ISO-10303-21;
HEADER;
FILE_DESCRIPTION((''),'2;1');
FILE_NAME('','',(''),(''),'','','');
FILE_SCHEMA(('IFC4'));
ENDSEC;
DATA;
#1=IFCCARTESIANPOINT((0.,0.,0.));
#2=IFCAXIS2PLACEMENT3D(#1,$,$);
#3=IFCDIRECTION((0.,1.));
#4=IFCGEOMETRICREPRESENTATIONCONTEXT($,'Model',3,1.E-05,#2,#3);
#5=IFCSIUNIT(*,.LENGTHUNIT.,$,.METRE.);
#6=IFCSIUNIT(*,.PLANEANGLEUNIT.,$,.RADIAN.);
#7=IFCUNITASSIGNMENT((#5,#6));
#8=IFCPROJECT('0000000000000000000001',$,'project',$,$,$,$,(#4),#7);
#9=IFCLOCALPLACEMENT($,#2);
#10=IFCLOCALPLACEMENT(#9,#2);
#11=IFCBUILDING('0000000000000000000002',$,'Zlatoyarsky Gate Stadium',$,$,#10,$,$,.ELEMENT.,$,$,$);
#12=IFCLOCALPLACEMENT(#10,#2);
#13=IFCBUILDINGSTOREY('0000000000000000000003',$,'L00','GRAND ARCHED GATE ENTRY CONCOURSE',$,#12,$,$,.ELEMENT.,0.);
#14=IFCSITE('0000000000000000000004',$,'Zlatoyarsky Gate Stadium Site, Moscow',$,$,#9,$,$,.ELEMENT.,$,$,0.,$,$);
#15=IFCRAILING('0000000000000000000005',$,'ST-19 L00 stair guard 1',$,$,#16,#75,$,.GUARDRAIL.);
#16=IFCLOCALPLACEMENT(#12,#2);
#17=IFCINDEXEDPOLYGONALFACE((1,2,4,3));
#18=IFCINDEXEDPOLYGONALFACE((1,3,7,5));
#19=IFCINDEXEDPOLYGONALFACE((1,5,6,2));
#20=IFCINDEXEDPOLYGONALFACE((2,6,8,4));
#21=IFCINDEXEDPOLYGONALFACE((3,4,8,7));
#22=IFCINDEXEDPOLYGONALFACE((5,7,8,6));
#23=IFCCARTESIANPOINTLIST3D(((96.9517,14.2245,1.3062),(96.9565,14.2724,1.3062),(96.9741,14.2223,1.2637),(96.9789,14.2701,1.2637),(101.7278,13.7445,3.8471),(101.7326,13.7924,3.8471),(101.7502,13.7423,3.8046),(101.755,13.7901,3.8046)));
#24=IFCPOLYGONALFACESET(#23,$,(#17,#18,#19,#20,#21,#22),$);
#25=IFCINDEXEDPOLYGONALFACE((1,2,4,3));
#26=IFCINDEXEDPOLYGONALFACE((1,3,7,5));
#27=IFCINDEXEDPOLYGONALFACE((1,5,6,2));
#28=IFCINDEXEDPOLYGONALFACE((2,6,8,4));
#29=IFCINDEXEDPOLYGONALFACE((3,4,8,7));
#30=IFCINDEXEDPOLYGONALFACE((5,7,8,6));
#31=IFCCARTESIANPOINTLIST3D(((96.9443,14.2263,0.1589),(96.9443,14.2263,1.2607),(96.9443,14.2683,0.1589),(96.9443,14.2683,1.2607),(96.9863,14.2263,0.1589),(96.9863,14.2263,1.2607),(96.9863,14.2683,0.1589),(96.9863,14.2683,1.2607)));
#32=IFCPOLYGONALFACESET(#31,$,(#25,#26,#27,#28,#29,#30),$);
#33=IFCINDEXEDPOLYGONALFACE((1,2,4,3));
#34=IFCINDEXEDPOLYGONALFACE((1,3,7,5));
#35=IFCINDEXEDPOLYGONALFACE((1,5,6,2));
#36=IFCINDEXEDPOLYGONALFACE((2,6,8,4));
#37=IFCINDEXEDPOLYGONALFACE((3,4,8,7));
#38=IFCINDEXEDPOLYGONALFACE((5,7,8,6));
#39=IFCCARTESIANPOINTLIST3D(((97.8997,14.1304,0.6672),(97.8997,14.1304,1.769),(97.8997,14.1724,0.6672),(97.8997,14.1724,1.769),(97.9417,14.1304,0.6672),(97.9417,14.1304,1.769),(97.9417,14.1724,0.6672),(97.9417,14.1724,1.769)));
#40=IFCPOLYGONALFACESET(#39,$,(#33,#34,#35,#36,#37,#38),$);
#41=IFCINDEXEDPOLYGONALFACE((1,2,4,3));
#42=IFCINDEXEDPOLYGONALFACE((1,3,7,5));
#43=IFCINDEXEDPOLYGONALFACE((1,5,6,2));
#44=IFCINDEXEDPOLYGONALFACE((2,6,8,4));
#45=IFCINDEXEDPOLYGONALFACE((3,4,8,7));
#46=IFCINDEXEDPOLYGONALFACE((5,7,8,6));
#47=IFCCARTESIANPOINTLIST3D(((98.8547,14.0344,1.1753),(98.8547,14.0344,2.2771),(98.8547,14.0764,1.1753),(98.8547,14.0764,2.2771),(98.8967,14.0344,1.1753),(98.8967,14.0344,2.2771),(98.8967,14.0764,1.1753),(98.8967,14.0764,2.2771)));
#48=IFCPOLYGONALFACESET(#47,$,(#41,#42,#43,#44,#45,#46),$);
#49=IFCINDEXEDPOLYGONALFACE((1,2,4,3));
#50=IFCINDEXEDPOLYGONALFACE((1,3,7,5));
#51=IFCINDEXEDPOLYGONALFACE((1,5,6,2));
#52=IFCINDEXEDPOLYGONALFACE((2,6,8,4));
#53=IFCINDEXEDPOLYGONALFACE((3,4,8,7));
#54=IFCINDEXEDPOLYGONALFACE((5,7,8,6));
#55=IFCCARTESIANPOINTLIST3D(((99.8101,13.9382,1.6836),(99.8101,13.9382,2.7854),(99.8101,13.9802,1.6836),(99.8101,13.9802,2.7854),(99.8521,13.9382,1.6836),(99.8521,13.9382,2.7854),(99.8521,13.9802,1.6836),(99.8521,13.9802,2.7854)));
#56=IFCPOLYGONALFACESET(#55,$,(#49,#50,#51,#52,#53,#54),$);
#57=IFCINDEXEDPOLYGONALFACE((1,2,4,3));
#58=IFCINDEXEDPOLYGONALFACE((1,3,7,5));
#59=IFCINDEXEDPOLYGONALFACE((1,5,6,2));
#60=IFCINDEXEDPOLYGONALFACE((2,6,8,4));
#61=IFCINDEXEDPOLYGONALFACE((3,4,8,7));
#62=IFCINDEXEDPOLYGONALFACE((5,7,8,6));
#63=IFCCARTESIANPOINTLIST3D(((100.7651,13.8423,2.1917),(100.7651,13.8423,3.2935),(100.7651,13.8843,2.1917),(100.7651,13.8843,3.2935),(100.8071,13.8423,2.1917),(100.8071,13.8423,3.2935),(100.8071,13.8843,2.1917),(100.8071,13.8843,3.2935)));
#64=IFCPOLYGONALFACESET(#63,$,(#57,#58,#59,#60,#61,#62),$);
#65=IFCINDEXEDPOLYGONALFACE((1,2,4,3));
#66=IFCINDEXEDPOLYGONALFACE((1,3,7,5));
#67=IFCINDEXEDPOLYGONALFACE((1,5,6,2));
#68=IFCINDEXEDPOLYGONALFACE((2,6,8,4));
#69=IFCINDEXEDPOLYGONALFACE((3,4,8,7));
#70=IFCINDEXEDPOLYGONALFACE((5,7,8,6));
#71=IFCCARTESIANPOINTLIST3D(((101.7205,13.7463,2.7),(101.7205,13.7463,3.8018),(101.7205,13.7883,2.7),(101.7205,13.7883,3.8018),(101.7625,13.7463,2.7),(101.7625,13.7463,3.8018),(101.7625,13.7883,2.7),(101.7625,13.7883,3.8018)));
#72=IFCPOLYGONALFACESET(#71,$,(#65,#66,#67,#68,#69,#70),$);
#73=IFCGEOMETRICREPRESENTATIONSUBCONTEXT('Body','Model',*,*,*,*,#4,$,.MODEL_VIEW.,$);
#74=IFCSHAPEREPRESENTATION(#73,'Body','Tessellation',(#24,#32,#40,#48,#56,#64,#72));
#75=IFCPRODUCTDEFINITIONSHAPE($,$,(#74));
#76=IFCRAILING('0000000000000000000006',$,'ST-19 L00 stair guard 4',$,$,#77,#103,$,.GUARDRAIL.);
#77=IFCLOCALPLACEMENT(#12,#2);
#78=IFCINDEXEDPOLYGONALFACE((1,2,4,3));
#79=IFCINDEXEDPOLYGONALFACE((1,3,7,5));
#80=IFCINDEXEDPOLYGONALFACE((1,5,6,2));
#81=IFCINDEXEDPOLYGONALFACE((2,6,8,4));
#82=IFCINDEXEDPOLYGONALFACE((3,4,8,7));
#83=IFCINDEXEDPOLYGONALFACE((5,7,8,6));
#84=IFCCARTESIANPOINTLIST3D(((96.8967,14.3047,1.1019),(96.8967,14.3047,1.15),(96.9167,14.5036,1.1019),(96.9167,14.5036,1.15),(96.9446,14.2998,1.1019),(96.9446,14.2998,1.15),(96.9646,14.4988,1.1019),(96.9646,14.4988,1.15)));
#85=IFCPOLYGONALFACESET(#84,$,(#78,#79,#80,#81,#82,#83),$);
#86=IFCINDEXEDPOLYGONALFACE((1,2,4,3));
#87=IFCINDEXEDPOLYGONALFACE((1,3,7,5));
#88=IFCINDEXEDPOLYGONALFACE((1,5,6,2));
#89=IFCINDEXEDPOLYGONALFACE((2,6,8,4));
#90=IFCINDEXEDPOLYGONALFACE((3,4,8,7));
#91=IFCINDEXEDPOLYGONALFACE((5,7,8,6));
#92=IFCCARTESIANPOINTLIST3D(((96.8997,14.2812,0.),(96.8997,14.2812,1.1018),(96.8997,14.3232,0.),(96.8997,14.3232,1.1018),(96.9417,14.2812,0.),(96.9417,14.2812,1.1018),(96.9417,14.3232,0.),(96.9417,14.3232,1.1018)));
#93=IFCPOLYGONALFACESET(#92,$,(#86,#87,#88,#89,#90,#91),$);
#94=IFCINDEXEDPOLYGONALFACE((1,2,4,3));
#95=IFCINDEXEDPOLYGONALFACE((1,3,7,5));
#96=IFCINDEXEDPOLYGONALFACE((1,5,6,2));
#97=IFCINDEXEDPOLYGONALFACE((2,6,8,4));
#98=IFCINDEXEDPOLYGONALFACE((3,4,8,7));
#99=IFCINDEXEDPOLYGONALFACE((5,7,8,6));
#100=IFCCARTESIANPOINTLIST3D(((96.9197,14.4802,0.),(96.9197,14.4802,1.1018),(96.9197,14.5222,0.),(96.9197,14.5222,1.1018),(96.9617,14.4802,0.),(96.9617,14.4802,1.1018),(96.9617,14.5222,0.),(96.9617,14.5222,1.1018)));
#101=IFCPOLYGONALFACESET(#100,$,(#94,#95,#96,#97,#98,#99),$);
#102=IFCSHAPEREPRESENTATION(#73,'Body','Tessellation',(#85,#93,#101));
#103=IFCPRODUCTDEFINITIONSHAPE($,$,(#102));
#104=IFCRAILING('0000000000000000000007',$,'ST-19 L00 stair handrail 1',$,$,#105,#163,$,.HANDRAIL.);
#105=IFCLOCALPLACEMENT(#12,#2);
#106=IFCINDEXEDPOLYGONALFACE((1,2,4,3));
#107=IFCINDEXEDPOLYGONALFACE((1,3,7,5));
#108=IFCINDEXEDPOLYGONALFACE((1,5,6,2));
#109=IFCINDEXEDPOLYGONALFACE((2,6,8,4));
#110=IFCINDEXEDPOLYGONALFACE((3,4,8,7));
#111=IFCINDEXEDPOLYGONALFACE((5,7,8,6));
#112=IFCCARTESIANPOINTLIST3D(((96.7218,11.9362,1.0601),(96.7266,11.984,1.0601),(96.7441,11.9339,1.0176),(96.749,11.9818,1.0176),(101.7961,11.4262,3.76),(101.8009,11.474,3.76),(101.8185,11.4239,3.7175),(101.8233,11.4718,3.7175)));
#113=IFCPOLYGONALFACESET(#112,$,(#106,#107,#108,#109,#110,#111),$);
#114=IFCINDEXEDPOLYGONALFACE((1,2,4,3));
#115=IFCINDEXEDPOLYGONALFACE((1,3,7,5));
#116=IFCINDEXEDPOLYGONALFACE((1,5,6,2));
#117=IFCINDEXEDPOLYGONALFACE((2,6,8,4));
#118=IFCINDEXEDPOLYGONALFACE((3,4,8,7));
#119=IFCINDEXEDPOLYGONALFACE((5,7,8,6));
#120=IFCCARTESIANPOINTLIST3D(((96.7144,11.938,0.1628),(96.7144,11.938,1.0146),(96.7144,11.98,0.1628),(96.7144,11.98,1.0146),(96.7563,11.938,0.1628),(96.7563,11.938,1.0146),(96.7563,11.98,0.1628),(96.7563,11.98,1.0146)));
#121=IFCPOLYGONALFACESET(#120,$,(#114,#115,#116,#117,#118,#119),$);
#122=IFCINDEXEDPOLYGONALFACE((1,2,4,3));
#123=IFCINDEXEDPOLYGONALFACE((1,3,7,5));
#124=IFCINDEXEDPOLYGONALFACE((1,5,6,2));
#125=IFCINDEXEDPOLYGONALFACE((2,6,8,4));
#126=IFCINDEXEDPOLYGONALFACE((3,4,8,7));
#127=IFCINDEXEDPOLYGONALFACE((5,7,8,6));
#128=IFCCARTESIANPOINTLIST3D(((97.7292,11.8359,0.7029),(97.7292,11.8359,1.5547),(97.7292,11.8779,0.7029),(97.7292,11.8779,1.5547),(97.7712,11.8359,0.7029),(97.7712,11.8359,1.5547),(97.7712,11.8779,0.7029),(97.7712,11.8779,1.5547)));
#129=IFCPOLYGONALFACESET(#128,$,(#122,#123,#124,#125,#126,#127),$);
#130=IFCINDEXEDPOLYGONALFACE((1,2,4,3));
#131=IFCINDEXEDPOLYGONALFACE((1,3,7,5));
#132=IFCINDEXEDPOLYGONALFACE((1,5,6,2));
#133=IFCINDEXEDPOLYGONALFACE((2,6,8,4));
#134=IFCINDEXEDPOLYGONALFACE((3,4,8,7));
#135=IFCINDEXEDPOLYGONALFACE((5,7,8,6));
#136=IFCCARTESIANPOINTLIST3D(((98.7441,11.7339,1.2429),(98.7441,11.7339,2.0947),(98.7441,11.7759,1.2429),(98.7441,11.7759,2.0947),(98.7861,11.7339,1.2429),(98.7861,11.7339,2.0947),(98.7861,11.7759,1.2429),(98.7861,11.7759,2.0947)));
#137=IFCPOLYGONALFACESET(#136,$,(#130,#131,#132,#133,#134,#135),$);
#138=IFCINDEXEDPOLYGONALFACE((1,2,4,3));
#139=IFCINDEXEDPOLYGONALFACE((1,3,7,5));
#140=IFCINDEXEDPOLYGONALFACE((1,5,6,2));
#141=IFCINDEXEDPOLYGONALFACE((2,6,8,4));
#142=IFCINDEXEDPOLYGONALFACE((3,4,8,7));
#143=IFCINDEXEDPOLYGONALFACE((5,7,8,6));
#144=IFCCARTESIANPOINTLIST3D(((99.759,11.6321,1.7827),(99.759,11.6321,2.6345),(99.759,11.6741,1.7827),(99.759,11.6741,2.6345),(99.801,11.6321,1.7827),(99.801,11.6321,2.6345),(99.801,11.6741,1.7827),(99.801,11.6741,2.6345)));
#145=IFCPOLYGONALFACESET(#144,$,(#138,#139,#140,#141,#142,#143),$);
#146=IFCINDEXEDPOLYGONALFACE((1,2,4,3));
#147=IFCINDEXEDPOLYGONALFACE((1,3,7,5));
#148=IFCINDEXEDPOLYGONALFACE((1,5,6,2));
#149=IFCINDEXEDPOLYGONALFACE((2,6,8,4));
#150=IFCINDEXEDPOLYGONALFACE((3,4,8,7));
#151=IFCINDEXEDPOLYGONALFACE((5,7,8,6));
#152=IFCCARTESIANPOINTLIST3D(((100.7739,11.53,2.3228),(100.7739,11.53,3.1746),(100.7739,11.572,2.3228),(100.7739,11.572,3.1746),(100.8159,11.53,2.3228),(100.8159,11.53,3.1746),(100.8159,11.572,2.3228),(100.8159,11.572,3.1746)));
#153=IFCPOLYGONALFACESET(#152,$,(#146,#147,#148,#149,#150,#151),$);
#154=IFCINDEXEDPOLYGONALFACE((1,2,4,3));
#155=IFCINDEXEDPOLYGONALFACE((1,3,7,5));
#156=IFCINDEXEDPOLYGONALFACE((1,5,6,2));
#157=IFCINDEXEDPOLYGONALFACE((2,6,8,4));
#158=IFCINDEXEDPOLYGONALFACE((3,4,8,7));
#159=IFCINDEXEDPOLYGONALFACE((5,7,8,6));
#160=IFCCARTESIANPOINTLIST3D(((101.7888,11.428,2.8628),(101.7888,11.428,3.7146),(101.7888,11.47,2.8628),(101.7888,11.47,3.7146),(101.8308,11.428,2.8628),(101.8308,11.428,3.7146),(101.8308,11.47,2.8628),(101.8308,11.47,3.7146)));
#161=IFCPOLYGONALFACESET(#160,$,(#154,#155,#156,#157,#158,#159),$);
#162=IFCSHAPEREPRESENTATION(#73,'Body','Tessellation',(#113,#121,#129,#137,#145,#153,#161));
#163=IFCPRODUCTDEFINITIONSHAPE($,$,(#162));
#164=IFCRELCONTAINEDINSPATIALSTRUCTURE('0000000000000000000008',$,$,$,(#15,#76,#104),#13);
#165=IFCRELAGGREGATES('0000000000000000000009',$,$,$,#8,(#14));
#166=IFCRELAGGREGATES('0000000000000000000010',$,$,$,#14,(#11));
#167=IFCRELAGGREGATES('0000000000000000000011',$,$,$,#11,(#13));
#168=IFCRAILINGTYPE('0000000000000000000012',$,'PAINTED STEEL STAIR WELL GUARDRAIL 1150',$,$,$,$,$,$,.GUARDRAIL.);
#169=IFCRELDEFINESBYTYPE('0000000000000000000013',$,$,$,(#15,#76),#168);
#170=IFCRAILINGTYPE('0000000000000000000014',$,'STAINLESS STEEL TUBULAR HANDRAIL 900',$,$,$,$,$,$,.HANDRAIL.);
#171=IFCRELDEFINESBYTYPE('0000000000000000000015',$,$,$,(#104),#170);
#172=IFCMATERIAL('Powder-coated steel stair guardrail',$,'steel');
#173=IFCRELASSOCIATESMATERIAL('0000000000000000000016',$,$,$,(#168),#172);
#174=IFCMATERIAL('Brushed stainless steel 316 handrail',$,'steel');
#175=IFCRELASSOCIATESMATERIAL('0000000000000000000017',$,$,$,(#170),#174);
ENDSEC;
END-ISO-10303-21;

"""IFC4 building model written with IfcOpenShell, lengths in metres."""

from ifc_helpers import new_model, si_unit, direction, frame, origin, origin_2d, place, context, subcontext, project, spatial, rectangle, extrude, material, type_object, element, save


model = new_model("IFC4")

# Units and contexts
model_context = context("Model", 3, precision=1e-05, world=origin(), true_north=direction((0.0, 1.0)))
body_context = subcontext(model_context, "Body", "Model", "MODEL_VIEW")
ifc_project = project(units=[si_unit("LENGTHUNIT", "METRE"), si_unit("PLANEANGLEUNIT", "RADIAN")], contexts=[model_context])

# Site, building, storey
site_placement = place(None, origin())
site = spatial("IfcSite", under=ifc_project, at=site_placement, Name="Zlatoyarsky Gate Stadium Site, Moscow", CompositionType="ELEMENT", RefElevation=0.0)
building_placement = place(site_placement, origin())
building = spatial("IfcBuilding", under=site, at=building_placement, Name="Zlatoyarsky Gate Stadium", CompositionType="ELEMENT")
storey_placement = place(building_placement, origin())
storey = spatial("IfcBuildingStorey", under=building, at=storey_placement, Name="L00", Description="GRAND ARCHED GATE ENTRY CONCOURSE", CompositionType="ELEMENT", Elevation=0.0)

# Railings
ifc_material_1 = material(Name="Powder-coated steel stair guardrail", Category="steel")
railing_type_1 = type_object("IfcRailingType", Name="PAINTED STEEL STAIR WELL GUARDRAIL 1150", PredefinedType="GUARDRAIL", material=ifc_material_1)
railing_1_placement = place(storey_placement, frame((96.9653, 14.2473, 0.1589)))
element("IfcRailing", 1, at=railing_1_placement, inside=storey, type_object=railing_type_1, Name="ST-19 L00 stair guard 1", PredefinedType="GUARDRAIL", context=body_context, shape_type="SweptSolid", body=[
    extrude(rectangle(XDim=0.0481, YDim=0.0481, at=origin_2d()), frame((0.0, 0.0, 1.126), z_axis=(0.879378, -0.088374, 0.467851), x_axis=(0.099992, 0.994988, 0.0)), (0.0, 0.0, 1.0), 5.4312),
    extrude(rectangle(XDim=0.042, YDim=0.042, at=origin_2d()), origin(), (0.0, 0.0, 1.0), 1.1018),
    extrude(rectangle(XDim=0.042, YDim=0.042, at=origin_2d()), frame((0.9553, -0.0959, 0.5083)), (0.0, 0.0, 1.0), 1.1018),
    extrude(rectangle(XDim=0.042, YDim=0.042, at=origin_2d()), frame((1.9104, -0.1919, 1.0164)), (0.0, 0.0, 1.0), 1.1018),
    extrude(rectangle(XDim=0.042, YDim=0.042, at=origin_2d()), frame((2.8657, -0.2881, 1.5247)), (0.0, 0.0, 1.0), 1.1018),
    extrude(rectangle(XDim=0.042, YDim=0.042, at=origin_2d()), frame((3.8208, -0.384, 2.0327)), (0.0, 0.0, 1.0), 1.1018),
    extrude(rectangle(XDim=0.042, YDim=0.042, at=origin_2d()), frame((4.7761, -0.48, 2.541)), (0.0, 0.0, 1.0), 1.1018),
])
railing_2_placement = place(storey_placement, frame((96.9207, 14.3022, 0.0)))
element("IfcRailing", 2, at=railing_2_placement, inside=storey, type_object=railing_type_1, Name="ST-19 L00 stair guard 4", PredefinedType="GUARDRAIL", context=body_context, shape_type="SweptSolid", body=[
    extrude(rectangle(XDim=0.0481, YDim=0.0481, at=origin_2d()), frame((0.0, 0.0, 1.126), z_axis=(0.100108, 0.994977, 0.0), x_axis=(-0.994977, 0.100108, 0.0)), (0.0, 0.0, 1.0), 0.2),
    extrude(rectangle(XDim=0.042, YDim=0.042, at=origin_2d()), origin(), (0.0, 0.0, 1.0), 1.1018),
    extrude(rectangle(XDim=0.042, YDim=0.042, at=origin_2d()), frame((0.02, 0.199, 0.0)), (0.0, 0.0, 1.0), 1.1018),
])
ifc_material_2 = material(Name="Brushed stainless steel 316 handrail", Category="steel")
railing_type_2 = type_object("IfcRailingType", Name="STAINLESS STEEL TUBULAR HANDRAIL 900", PredefinedType="HANDRAIL", material=ifc_material_2)
railing_3_placement = place(storey_placement, frame((96.7354, 11.959, 0.1628)))
element("IfcRailing", 3, at=railing_3_placement, inside=storey, type_object=railing_type_2, Name="ST-19 L00 stair handrail 1", PredefinedType="HANDRAIL", context=body_context, shape_type="SweptSolid", body=[
    extrude(rectangle(XDim=0.0481, YDim=0.0481, at=origin_2d()), frame((0.0, 0.0, 0.876), z_axis=(0.879362, -0.08838, 0.467879), x_axis=(0.100001, 0.994987, 0.0)), (0.0, 0.0, 1.0), 5.7705),
    extrude(rectangle(XDim=0.042, YDim=0.042, at=origin_2d()), origin(), (0.0, 0.0, 1.0), 0.8518),
    extrude(rectangle(XDim=0.042, YDim=0.042, at=origin_2d()), frame((1.0149, -0.1021, 0.54)), (0.0, 0.0, 1.0), 0.8518),
    extrude(rectangle(XDim=0.042, YDim=0.042, at=origin_2d()), frame((2.0298, -0.2041, 1.0801)), (0.0, 0.0, 1.0), 0.8518),
    extrude(rectangle(XDim=0.042, YDim=0.042, at=origin_2d()), frame((3.0447, -0.3059, 1.6199)), (0.0, 0.0, 1.0), 0.8518),
    extrude(rectangle(XDim=0.042, YDim=0.042, at=origin_2d()), frame((4.0596, -0.408, 2.1599)), (0.0, 0.0, 1.0), 0.8518),
    extrude(rectangle(XDim=0.042, YDim=0.042, at=origin_2d()), frame((5.0745, -0.51, 2.7)), (0.0, 0.0, 1.0), 0.8518),
])

save(model, "model.ifc")
